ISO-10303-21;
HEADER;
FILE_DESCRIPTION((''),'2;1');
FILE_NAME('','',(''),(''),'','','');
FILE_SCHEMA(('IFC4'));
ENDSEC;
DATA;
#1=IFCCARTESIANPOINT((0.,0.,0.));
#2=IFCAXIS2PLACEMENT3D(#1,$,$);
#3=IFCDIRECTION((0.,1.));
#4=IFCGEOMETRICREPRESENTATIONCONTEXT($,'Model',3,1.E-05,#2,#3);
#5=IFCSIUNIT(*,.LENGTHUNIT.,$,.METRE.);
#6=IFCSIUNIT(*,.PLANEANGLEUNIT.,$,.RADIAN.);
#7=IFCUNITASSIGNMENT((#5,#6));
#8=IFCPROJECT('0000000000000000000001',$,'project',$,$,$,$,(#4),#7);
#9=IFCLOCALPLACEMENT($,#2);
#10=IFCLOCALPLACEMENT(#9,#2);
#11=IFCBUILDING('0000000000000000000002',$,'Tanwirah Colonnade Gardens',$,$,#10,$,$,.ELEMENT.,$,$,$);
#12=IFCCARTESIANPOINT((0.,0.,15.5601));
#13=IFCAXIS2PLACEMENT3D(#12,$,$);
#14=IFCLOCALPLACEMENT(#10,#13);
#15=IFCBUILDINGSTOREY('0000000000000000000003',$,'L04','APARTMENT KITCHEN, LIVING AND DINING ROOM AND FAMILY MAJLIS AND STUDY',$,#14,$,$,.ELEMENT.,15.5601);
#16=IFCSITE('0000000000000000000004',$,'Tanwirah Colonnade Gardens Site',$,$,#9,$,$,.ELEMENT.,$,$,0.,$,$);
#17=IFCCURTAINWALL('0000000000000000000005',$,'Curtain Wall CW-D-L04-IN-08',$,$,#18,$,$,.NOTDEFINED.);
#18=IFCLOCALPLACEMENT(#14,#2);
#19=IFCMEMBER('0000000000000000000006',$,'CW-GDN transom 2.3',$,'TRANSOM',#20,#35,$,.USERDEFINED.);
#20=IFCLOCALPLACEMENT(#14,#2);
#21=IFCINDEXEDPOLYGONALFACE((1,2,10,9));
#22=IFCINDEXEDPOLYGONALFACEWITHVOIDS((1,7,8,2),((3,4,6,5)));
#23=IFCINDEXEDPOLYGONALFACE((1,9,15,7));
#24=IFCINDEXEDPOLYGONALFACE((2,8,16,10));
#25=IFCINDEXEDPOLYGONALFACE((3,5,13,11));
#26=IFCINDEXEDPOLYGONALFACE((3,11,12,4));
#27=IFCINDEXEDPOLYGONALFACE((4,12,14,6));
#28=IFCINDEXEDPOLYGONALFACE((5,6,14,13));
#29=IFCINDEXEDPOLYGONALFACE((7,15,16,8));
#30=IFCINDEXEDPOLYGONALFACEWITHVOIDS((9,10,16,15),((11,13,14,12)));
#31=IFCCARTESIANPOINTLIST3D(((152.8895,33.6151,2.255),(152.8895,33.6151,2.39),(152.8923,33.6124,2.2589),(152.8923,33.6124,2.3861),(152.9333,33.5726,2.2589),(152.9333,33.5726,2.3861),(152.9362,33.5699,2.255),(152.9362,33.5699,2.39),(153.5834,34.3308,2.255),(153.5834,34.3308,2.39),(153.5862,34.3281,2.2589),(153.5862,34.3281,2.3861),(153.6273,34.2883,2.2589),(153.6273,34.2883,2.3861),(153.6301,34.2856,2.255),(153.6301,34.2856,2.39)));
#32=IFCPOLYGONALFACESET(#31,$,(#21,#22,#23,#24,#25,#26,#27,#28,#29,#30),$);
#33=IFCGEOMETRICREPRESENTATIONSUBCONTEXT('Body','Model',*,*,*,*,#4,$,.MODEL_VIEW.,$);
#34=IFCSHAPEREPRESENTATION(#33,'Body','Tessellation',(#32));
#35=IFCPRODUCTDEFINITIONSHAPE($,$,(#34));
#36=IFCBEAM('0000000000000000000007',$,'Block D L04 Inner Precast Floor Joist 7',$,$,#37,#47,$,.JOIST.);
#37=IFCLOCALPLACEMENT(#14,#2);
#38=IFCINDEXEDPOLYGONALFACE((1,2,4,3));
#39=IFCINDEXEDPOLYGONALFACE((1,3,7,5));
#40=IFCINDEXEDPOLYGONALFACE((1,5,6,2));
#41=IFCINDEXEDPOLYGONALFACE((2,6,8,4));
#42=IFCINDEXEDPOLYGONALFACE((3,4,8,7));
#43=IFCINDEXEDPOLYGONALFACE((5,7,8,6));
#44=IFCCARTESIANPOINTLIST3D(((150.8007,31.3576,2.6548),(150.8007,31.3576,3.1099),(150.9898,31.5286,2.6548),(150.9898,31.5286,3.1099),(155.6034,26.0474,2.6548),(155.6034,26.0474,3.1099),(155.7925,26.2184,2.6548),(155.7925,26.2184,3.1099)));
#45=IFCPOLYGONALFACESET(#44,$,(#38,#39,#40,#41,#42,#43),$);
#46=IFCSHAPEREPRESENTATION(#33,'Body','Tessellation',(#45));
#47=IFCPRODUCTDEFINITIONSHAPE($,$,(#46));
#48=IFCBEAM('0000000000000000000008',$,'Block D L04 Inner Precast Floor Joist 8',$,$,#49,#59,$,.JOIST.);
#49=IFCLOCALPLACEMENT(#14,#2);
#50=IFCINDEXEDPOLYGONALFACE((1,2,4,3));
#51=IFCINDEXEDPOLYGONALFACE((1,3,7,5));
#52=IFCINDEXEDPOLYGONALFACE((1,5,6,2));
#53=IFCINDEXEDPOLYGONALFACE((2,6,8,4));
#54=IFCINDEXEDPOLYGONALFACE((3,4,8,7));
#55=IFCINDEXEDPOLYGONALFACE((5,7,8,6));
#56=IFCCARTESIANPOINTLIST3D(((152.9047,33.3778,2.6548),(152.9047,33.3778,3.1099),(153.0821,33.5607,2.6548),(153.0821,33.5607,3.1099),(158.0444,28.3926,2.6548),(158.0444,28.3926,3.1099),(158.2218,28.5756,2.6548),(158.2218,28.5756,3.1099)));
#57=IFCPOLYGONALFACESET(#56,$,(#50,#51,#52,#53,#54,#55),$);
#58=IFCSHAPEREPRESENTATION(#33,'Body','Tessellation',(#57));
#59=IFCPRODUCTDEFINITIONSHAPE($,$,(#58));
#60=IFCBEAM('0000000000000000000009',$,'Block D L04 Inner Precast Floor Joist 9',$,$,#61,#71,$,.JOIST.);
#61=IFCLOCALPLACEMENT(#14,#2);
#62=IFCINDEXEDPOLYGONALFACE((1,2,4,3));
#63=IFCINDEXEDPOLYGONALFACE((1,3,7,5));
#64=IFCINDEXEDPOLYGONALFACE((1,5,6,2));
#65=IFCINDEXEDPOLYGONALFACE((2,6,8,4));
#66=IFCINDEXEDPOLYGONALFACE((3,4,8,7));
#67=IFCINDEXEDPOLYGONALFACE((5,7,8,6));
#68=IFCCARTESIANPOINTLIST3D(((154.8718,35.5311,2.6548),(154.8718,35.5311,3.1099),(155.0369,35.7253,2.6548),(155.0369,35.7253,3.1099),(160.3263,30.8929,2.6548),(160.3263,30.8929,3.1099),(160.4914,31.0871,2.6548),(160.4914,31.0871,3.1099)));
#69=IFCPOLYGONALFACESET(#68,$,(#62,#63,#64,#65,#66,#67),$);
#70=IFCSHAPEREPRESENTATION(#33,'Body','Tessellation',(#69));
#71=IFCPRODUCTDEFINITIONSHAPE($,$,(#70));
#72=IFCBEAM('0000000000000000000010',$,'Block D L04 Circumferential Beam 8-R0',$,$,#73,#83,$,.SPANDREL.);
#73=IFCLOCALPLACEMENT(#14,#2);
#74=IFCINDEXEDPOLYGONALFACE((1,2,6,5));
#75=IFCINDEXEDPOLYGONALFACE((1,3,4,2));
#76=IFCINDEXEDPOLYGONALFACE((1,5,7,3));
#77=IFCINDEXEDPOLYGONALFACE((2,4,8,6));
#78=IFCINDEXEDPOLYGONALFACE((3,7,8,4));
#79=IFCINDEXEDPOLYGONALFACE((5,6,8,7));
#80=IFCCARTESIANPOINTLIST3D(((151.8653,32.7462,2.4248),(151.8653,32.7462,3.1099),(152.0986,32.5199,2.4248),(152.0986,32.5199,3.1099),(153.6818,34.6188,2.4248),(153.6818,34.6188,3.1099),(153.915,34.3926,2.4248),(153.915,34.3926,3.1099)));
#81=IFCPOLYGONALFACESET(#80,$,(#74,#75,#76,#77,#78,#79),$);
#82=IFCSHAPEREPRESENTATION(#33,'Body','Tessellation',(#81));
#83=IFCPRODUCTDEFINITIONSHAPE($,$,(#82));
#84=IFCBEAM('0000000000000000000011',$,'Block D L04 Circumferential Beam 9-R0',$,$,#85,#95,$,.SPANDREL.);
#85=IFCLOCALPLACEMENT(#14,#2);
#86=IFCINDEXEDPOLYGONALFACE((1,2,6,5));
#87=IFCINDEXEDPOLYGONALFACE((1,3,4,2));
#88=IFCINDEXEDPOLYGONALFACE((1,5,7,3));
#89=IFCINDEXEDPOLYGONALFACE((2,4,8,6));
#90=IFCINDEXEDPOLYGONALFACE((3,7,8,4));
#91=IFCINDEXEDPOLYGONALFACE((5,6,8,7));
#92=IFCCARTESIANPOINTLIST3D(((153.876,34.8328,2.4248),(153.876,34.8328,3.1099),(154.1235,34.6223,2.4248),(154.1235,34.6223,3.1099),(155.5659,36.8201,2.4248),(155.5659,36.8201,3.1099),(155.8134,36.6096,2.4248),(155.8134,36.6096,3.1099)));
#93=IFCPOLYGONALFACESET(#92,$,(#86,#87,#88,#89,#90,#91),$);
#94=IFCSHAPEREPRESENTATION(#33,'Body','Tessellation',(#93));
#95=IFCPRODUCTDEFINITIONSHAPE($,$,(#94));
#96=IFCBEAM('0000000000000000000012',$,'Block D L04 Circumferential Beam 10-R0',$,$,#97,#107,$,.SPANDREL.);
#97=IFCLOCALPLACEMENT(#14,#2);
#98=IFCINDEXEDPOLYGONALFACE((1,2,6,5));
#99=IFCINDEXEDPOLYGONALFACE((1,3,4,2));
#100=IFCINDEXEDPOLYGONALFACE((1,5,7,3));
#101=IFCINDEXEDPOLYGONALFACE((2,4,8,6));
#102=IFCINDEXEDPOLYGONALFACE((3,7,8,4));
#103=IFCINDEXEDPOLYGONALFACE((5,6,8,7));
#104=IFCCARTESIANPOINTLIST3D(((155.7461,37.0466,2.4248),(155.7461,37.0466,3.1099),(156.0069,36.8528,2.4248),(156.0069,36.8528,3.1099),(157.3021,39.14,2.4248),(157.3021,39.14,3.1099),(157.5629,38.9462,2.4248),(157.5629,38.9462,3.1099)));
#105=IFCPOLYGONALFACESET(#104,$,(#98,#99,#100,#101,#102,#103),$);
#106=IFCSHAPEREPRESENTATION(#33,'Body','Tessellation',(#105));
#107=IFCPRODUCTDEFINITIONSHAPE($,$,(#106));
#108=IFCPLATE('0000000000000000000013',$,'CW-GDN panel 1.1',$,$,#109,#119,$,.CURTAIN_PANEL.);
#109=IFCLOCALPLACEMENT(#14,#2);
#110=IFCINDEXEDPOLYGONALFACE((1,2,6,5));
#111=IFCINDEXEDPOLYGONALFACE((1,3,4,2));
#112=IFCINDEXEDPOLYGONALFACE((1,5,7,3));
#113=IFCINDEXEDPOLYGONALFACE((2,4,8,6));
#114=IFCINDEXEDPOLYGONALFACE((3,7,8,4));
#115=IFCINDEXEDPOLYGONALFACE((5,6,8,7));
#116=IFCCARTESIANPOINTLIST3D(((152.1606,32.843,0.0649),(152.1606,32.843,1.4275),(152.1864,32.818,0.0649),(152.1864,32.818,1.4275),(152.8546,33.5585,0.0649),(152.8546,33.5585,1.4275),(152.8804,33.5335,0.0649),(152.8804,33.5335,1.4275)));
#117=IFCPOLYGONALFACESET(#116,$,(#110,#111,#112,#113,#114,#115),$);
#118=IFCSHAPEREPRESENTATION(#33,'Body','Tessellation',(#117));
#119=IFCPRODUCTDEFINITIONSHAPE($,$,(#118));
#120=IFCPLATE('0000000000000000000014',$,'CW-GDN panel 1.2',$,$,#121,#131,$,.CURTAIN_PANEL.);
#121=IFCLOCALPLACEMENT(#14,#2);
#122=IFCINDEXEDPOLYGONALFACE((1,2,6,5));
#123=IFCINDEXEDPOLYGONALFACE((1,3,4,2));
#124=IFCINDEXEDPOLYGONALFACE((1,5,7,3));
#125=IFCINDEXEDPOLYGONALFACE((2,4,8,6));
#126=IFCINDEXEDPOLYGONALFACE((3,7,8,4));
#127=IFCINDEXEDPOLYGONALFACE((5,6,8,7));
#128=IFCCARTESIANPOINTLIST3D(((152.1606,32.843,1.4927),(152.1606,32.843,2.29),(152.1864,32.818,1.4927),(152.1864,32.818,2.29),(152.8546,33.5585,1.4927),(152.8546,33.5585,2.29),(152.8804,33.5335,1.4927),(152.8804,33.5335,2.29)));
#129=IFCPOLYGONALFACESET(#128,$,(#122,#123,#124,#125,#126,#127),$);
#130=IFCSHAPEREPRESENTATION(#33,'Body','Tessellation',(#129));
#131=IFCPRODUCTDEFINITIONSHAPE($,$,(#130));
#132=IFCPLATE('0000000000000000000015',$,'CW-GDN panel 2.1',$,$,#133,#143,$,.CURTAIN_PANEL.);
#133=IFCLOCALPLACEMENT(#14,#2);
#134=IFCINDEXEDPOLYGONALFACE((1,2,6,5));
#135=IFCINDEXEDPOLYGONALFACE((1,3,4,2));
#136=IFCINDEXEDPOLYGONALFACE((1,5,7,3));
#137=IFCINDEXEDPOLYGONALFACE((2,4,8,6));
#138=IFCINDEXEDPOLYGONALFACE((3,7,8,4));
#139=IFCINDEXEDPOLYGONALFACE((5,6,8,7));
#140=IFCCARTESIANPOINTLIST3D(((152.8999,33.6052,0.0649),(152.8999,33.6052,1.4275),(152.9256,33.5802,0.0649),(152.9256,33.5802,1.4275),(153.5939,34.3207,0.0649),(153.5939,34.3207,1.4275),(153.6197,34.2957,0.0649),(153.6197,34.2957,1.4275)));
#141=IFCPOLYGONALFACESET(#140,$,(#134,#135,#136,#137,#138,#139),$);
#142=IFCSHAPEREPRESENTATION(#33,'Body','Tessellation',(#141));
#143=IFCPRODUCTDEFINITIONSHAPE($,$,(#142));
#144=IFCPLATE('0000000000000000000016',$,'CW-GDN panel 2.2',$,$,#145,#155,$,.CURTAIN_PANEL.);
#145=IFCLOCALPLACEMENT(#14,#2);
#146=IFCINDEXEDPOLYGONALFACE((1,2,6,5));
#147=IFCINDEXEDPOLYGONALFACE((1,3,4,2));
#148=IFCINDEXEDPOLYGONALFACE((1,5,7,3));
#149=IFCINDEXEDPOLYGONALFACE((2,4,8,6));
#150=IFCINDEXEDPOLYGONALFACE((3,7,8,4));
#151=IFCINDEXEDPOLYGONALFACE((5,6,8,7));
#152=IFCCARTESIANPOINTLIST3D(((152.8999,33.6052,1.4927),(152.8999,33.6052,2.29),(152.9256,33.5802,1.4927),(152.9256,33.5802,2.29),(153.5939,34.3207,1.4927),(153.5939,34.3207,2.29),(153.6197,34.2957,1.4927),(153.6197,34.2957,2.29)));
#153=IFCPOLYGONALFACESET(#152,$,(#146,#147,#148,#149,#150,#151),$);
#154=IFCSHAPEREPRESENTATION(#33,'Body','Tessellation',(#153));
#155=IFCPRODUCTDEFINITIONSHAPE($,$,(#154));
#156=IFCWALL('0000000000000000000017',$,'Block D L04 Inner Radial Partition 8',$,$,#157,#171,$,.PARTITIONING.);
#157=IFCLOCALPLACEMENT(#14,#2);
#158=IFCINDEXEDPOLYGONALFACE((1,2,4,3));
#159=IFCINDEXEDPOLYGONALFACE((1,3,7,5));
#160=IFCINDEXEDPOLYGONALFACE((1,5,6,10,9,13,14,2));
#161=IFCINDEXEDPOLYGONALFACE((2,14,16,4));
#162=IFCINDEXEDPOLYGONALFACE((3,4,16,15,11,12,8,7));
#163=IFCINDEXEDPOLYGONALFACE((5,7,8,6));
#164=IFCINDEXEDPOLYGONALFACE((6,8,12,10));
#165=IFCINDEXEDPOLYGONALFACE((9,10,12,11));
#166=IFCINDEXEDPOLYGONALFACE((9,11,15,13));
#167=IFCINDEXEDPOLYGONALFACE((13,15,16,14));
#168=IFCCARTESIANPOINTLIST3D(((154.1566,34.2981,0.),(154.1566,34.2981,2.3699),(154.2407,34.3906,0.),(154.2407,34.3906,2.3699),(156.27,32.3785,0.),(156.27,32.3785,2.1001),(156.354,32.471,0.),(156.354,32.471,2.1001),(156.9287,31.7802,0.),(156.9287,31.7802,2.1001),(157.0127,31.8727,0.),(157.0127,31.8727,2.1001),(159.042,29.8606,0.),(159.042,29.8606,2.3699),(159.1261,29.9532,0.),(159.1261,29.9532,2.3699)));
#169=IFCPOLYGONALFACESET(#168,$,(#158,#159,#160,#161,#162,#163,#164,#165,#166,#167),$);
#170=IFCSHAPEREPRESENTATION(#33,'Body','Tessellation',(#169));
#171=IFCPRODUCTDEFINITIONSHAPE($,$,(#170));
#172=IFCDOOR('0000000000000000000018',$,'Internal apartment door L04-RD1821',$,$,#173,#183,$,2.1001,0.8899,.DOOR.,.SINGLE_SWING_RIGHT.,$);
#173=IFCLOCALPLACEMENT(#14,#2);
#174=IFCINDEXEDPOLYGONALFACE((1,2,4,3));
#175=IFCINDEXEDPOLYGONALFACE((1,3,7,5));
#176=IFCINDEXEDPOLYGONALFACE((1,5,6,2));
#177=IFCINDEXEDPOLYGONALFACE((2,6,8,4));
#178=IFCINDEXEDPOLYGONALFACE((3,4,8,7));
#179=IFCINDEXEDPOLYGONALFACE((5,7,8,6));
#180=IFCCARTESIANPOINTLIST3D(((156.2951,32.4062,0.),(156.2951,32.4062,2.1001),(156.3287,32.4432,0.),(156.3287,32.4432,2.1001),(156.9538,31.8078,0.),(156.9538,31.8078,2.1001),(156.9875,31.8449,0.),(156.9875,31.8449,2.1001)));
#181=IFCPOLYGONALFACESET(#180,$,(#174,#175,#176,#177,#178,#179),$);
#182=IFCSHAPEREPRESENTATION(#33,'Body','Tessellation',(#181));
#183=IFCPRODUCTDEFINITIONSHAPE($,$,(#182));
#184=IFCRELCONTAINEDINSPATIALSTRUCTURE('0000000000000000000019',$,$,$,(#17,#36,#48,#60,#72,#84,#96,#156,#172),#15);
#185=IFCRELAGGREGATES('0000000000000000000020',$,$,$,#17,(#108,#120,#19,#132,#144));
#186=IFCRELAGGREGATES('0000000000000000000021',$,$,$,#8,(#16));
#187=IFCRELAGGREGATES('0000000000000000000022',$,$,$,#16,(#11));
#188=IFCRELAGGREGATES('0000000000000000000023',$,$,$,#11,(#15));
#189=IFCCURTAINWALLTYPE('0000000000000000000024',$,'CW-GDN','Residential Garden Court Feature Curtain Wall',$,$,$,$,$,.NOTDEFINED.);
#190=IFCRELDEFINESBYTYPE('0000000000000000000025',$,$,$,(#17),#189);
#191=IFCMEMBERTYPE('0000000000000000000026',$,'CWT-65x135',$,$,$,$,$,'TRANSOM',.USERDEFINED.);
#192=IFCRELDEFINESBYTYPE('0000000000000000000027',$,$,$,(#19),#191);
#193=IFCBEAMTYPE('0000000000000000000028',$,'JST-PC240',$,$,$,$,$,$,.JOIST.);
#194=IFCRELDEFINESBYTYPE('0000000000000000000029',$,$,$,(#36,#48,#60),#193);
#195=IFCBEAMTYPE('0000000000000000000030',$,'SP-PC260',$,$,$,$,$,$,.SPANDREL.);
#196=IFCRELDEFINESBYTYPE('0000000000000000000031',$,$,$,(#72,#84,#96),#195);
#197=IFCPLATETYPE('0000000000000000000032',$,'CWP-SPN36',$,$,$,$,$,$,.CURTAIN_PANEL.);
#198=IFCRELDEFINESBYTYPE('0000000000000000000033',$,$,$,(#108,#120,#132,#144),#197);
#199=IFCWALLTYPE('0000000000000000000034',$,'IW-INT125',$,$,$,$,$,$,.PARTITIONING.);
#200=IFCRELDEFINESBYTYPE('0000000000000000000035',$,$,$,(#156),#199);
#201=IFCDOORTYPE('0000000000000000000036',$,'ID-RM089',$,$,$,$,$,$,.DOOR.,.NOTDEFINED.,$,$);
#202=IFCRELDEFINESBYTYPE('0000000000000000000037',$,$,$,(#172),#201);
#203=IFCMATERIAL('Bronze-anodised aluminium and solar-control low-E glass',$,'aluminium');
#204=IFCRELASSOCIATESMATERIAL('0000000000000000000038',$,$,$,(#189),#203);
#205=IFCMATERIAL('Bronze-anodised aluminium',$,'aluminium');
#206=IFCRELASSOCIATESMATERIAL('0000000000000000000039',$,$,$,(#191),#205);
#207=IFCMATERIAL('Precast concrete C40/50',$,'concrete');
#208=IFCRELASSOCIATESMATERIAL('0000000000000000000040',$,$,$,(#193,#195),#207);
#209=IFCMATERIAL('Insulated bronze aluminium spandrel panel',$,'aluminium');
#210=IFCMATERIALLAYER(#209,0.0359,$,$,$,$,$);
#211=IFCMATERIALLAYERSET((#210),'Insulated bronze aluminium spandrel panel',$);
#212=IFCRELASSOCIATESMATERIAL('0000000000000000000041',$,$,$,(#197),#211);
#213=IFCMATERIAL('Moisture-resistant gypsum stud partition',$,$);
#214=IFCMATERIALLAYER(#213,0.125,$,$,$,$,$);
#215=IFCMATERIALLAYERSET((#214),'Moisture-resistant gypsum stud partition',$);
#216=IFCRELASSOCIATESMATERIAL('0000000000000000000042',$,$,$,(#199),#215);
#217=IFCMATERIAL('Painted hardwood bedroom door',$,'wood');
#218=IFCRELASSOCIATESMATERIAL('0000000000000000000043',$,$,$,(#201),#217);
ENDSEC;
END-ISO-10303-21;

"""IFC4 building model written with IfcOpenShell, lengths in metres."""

from ifc_helpers import new_model, si_unit, direction, frame, frame_2d, origin, origin_2d, place, context, subcontext, project, spatial, rectangle, hollow_rectangle, extrude, material, layer, layer_set, material_profile, profile_set, type_object, element, fill, aggregate, save


model = new_model("IFC4")

# Units and contexts
model_context = context("Model", 3, precision=1e-05, world=origin(), true_north=direction((0.0, 1.0)))
body_context = subcontext(model_context, "Body", "Model", "MODEL_VIEW")
ifc_project = project(units=[si_unit("LENGTHUNIT", "METRE"), si_unit("PLANEANGLEUNIT", "RADIAN")], contexts=[model_context])

# Site, building, storey
site_placement = place(None, origin())
site = spatial("IfcSite", under=ifc_project, at=site_placement, Name="Tanwirah Colonnade Gardens Site", CompositionType="ELEMENT", RefElevation=0.0)
building_placement = place(site_placement, origin())
building = spatial("IfcBuilding", under=site, at=building_placement, Name="Tanwirah Colonnade Gardens", CompositionType="ELEMENT")
storey_placement = place(building_placement, frame((0.0, 0.0, 15.5601)))
storey = spatial("IfcBuildingStorey", under=building, at=storey_placement, Name="L04", Description="APARTMENT KITCHEN, LIVING AND DINING ROOM AND FAMILY MAJLIS AND STUDY", CompositionType="ELEMENT", Elevation=15.5601)

# Shared definitions
ifc_material_1 = material(Name="Precast concrete C40/50", Category="concrete")

# Curtain wall, member
ifc_material_2 = material(Name="Bronze-anodised aluminium and solar-control low-E glass", Category="aluminium")
curtain_wall_type = type_object("IfcCurtainWallType", Name="CW-GDN", Description="Residential Garden Court Feature Curtain Wall", PredefinedType="NOTDEFINED", material=ifc_material_2)
curtain_wall_placement = place(storey_placement, origin())
curtain_wall = element("IfcCurtainWall", 1, at=curtain_wall_placement, inside=storey, type_object=curtain_wall_type, Name="Curtain Wall CW-D-L04-IN-08", PredefinedType="NOTDEFINED")
ifc_material_3 = material(Name="Bronze-anodised aluminium", Category="aluminium")
ifc_material_profile_1 = material_profile(ifc_material_3, hollow_rectangle(XDim=0.0649, YDim=0.135, WallThickness=0.0039, at=origin_2d()), Name="CW-TRN 65x135x4")
ifc_profile_set_1 = profile_set([ifc_material_profile_1], Name="Bronze-anodised aluminium")
member_type_1 = type_object("IfcMemberType", Name="CWT-65x135", ElementType="TRANSOM", PredefinedType="USERDEFINED", material=ifc_profile_set_1)
member_1_placement = place(storey_placement, frame((152.9128, 33.5925, 2.3225), z_axis=(0.696123, 0.717923, 0.0), x_axis=(-0.717923, 0.696123, 0.0)))
member_1 = element("IfcMember", 2, at=member_1_placement, type_object=member_type_1, Name="CW-GDN transom 2.3", ObjectType="TRANSOM", PredefinedType="USERDEFINED", context=body_context, shape_type="SweptSolid", body=[
    extrude(hollow_rectangle(XDim=0.0649, YDim=0.135, WallThickness=0.0039, at=origin_2d()), origin(), (0.0, 0.0, 1.0), 0.9968),
])

# Beams
ifc_material_profile_2 = material_profile(ifc_material_1, rectangle(XDim=0.2549, YDim=0.4551, at=origin_2d()), Name="PC-JST 255x455")
ifc_profile_set_2 = profile_set([ifc_material_profile_2], Name="Precast concrete C40/50")
beam_type_1 = type_object("IfcBeamType", Name="JST-PC240", PredefinedType="JOIST", material=ifc_profile_set_2)
beam_1_placement = place(storey_placement, frame((150.8953, 31.4431, 2.8823), z_axis=(0.670773, -0.741663, 0.0), x_axis=(0.741663, 0.670773, 0.0)))
element("IfcBeam", 3, at=beam_1_placement, inside=storey, type_object=beam_type_1, Name="Block D L04 Inner Precast Floor Joist 7", PredefinedType="JOIST", context=body_context, shape_type="SweptSolid", body=[
    extrude(rectangle(XDim=0.2549, YDim=0.4551, at=origin_2d()), origin(), (0.0, 0.0, 1.0), 7.1599),
])
beam_2_placement = place(storey_placement, frame((152.9934, 33.4692, 2.8823), z_axis=(0.717816, -0.696233, 0.0), x_axis=(0.696233, 0.717816, 0.0)))
element("IfcBeam", 4, at=beam_2_placement, inside=storey, type_object=beam_type_1, Name="Block D L04 Inner Precast Floor Joist 8", PredefinedType="JOIST", context=body_context, shape_type="SweptSolid", body=[
    extrude(rectangle(XDim=0.2549, YDim=0.4551, at=origin_2d()), origin(), (0.0, 0.0, 1.0), 7.1602),
])
beam_3_placement = place(storey_placement, frame((154.9543, 35.6282, 2.8823), z_axis=(0.761816, -0.647793, 0.0), x_axis=(0.647793, 0.761816, 0.0)))
element("IfcBeam", 5, at=beam_3_placement, inside=storey, type_object=beam_type_1, Name="Block D L04 Inner Precast Floor Joist 9", PredefinedType="JOIST", context=body_context, shape_type="SweptSolid", body=[
    extrude(rectangle(XDim=0.2549, YDim=0.4551, at=origin_2d()), origin(), (0.0, 0.0, 1.0), 7.1599),
])
ifc_material_profile_3 = material_profile(ifc_material_1, rectangle(XDim=0.325, YDim=0.6851, at=origin_2d()), Name="PC-SP 325x685")
ifc_profile_set_3 = profile_set([ifc_material_profile_3], Name="Precast concrete C40/50")
beam_type_2 = type_object("IfcBeamType", Name="SP-PC260", PredefinedType="SPANDREL", material=ifc_profile_set_3)
beam_4_placement = place(storey_placement, frame((151.9819, 32.6331, 2.7673), z_axis=(0.696263, 0.717787, 0.0), x_axis=(-0.717787, 0.696263, 0.0)))
element("IfcBeam", 6, at=beam_4_placement, inside=storey, type_object=beam_type_2, Name="Block D L04 Circumferential Beam 8-R0", PredefinedType="SPANDREL", context=body_context, shape_type="SweptSolid", body=[
    extrude(rectangle(XDim=0.325, YDim=0.6851, at=origin_2d()), origin(), (0.0, 0.0, 1.0), 2.6089),
])
beam_5_placement = place(storey_placement, frame((153.9998, 34.7275, 2.7673), z_axis=(0.647811, 0.761801, 0.0), x_axis=(-0.761801, 0.647811, 0.0)))
element("IfcBeam", 7, at=beam_5_placement, inside=storey, type_object=beam_type_2, Name="Block D L04 Circumferential Beam 9-R0", PredefinedType="SPANDREL", context=body_context, shape_type="SweptSolid", body=[
    extrude(rectangle(XDim=0.325, YDim=0.6851, at=origin_2d()), origin(), (0.0, 0.0, 1.0), 2.6086),
])
beam_6_placement = place(storey_placement, frame((155.8765, 36.9497, 2.7673), z_axis=(0.596565, 0.802565, 0.0), x_axis=(-0.802565, 0.596565, 0.0)))
element("IfcBeam", 8, at=beam_6_placement, inside=storey, type_object=beam_type_2, Name="Block D L04 Circumferential Beam 10-R0", PredefinedType="SPANDREL", context=body_context, shape_type="SweptSolid", body=[
    extrude(rectangle(XDim=0.325, YDim=0.6851, at=origin_2d()), origin(), (0.0, 0.0, 1.0), 2.6084),
])

# Plates
ifc_material_4 = material(Name="Insulated bronze aluminium spandrel panel", Category="aluminium")
ifc_layer_1 = layer(ifc_material_4, 0.0359)
ifc_layer_set_1 = layer_set([ifc_layer_1], Name="Insulated bronze aluminium spandrel panel")
plate_type = type_object("IfcPlateType", Name="CWP-SPN36", PredefinedType="CURTAIN_PANEL", material=ifc_layer_set_1)
plate_1_placement = place(storey_placement, frame((152.5205, 33.1882, 0.0649), z_axis=(0.0, 0.0, 1.0), x_axis=(0.696223, 0.717825, 0.0)))
plate_1 = element("IfcPlate", 9, at=plate_1_placement, type_object=plate_type, Name="CW-GDN panel 1.1", PredefinedType="CURTAIN_PANEL", context=body_context, shape_type="SweptSolid", body=[
    extrude(rectangle(XDim=0.9968, YDim=0.0359, at=origin_2d()), origin(), (0.0, 0.0, 1.0), 1.3625),
])
plate_2_placement = place(storey_placement, frame((152.5205, 33.1882, 1.4927), z_axis=(0.0, 0.0, 1.0), x_axis=(0.696223, 0.717825, 0.0)))
plate_2 = element("IfcPlate", 10, at=plate_2_placement, type_object=plate_type, Name="CW-GDN panel 1.2", PredefinedType="CURTAIN_PANEL", context=body_context, shape_type="SweptSolid", body=[
    extrude(rectangle(XDim=0.9968, YDim=0.0359, at=origin_2d()), origin(), (0.0, 0.0, 1.0), 0.7974),
])
plate_3_placement = place(storey_placement, frame((153.2598, 33.9504, 0.0649), z_axis=(0.0, 0.0, 1.0), x_axis=(0.696223, 0.717825, 0.0)))
plate_3 = element("IfcPlate", 11, at=plate_3_placement, type_object=plate_type, Name="CW-GDN panel 2.1", PredefinedType="CURTAIN_PANEL", context=body_context, shape_type="SweptSolid", body=[
    extrude(rectangle(XDim=0.9968, YDim=0.0359, at=origin_2d()), origin(), (0.0, 0.0, 1.0), 1.3625),
])
plate_4_placement = place(storey_placement, frame((153.2598, 33.9504, 1.4927), z_axis=(0.0, 0.0, 1.0), x_axis=(0.696223, 0.717825, 0.0)))
plate_4 = element("IfcPlate", 12, at=plate_4_placement, type_object=plate_type, Name="CW-GDN panel 2.2", PredefinedType="CURTAIN_PANEL", context=body_context, shape_type="SweptSolid", body=[
    extrude(rectangle(XDim=0.9968, YDim=0.0359, at=origin_2d()), origin(), (0.0, 0.0, 1.0), 0.7974),
])
aggregate(curtain_wall, [plate_1, plate_2, member_1, plate_3, plate_4])

# Wall, opening, door
ifc_material_5 = material(Name="Moisture-resistant gypsum stud partition")
ifc_layer_2 = layer(ifc_material_5, 0.125)
ifc_layer_set_2 = layer_set([ifc_layer_2], Name="Moisture-resistant gypsum stud partition")
wall_type = type_object("IfcWallType", Name="IW-INT125", PredefinedType="PARTITIONING", material=ifc_layer_set_2)
wall_placement = place(storey_placement, frame((154.1987, 34.3442, 0.0), z_axis=(0.0, 0.0, 1.0), x_axis=(0.740231, -0.672352, 0.0)))
wall = element("IfcWall", 13, at=wall_placement, inside=storey, type_object=wall_type, Name="Block D L04 Inner Radial Partition 8", PredefinedType="PARTITIONING", context=body_context, shape_type="SweptSolid", body=[
    extrude(rectangle(XDim=6.5999, YDim=0.125, at=frame_2d((3.2998, 0.0))), origin(), (0.0, 0.0, 1.0), 2.3699),
])
opening_placement = place(wall_placement, frame((2.855, 0.0, 0.0)))
opening = element("IfcOpeningElement", 14, at=opening_placement, cuts=wall, PredefinedType="OPENING", context=body_context, shape_type="SweptSolid", body=[
    extrude(rectangle(XDim=0.8899, YDim=2.1001, at=frame_2d((0.4448, 1.05))), frame((0.0, 0.0725, 0.0), z_axis=(0.0, -1.0, 0.0), x_axis=(1.0, 0.0, 0.0)), (0.0, 0.0, 1.0), 0.145),
])
ifc_material_6 = material(Name="Painted hardwood bedroom door", Category="wood")
door_type = type_object("IfcDoorType", Name="ID-RM089", OperationType="NOTDEFINED", PredefinedType="DOOR", material=ifc_material_6)
door_placement = place(opening_placement, origin())
door = element("IfcDoor", 15, at=door_placement, inside=storey, type_object=door_type, Name="Internal apartment door L04-RD1821", OperationType="SINGLE_SWING_RIGHT", OverallHeight=2.1001, OverallWidth=0.8899, PredefinedType="DOOR", context=body_context, shape_type="SweptSolid", body=[
    extrude(rectangle(XDim=0.8899, YDim=2.1001, at=frame_2d((0.4448, 1.05))), frame((0.0, 0.0249, 0.0), z_axis=(0.0, -1.0, 0.0), x_axis=(1.0, 0.0, 0.0)), (0.0, 0.0, 1.0), 0.05),
])
fill(opening, door)

save(model, "model.ifc")
